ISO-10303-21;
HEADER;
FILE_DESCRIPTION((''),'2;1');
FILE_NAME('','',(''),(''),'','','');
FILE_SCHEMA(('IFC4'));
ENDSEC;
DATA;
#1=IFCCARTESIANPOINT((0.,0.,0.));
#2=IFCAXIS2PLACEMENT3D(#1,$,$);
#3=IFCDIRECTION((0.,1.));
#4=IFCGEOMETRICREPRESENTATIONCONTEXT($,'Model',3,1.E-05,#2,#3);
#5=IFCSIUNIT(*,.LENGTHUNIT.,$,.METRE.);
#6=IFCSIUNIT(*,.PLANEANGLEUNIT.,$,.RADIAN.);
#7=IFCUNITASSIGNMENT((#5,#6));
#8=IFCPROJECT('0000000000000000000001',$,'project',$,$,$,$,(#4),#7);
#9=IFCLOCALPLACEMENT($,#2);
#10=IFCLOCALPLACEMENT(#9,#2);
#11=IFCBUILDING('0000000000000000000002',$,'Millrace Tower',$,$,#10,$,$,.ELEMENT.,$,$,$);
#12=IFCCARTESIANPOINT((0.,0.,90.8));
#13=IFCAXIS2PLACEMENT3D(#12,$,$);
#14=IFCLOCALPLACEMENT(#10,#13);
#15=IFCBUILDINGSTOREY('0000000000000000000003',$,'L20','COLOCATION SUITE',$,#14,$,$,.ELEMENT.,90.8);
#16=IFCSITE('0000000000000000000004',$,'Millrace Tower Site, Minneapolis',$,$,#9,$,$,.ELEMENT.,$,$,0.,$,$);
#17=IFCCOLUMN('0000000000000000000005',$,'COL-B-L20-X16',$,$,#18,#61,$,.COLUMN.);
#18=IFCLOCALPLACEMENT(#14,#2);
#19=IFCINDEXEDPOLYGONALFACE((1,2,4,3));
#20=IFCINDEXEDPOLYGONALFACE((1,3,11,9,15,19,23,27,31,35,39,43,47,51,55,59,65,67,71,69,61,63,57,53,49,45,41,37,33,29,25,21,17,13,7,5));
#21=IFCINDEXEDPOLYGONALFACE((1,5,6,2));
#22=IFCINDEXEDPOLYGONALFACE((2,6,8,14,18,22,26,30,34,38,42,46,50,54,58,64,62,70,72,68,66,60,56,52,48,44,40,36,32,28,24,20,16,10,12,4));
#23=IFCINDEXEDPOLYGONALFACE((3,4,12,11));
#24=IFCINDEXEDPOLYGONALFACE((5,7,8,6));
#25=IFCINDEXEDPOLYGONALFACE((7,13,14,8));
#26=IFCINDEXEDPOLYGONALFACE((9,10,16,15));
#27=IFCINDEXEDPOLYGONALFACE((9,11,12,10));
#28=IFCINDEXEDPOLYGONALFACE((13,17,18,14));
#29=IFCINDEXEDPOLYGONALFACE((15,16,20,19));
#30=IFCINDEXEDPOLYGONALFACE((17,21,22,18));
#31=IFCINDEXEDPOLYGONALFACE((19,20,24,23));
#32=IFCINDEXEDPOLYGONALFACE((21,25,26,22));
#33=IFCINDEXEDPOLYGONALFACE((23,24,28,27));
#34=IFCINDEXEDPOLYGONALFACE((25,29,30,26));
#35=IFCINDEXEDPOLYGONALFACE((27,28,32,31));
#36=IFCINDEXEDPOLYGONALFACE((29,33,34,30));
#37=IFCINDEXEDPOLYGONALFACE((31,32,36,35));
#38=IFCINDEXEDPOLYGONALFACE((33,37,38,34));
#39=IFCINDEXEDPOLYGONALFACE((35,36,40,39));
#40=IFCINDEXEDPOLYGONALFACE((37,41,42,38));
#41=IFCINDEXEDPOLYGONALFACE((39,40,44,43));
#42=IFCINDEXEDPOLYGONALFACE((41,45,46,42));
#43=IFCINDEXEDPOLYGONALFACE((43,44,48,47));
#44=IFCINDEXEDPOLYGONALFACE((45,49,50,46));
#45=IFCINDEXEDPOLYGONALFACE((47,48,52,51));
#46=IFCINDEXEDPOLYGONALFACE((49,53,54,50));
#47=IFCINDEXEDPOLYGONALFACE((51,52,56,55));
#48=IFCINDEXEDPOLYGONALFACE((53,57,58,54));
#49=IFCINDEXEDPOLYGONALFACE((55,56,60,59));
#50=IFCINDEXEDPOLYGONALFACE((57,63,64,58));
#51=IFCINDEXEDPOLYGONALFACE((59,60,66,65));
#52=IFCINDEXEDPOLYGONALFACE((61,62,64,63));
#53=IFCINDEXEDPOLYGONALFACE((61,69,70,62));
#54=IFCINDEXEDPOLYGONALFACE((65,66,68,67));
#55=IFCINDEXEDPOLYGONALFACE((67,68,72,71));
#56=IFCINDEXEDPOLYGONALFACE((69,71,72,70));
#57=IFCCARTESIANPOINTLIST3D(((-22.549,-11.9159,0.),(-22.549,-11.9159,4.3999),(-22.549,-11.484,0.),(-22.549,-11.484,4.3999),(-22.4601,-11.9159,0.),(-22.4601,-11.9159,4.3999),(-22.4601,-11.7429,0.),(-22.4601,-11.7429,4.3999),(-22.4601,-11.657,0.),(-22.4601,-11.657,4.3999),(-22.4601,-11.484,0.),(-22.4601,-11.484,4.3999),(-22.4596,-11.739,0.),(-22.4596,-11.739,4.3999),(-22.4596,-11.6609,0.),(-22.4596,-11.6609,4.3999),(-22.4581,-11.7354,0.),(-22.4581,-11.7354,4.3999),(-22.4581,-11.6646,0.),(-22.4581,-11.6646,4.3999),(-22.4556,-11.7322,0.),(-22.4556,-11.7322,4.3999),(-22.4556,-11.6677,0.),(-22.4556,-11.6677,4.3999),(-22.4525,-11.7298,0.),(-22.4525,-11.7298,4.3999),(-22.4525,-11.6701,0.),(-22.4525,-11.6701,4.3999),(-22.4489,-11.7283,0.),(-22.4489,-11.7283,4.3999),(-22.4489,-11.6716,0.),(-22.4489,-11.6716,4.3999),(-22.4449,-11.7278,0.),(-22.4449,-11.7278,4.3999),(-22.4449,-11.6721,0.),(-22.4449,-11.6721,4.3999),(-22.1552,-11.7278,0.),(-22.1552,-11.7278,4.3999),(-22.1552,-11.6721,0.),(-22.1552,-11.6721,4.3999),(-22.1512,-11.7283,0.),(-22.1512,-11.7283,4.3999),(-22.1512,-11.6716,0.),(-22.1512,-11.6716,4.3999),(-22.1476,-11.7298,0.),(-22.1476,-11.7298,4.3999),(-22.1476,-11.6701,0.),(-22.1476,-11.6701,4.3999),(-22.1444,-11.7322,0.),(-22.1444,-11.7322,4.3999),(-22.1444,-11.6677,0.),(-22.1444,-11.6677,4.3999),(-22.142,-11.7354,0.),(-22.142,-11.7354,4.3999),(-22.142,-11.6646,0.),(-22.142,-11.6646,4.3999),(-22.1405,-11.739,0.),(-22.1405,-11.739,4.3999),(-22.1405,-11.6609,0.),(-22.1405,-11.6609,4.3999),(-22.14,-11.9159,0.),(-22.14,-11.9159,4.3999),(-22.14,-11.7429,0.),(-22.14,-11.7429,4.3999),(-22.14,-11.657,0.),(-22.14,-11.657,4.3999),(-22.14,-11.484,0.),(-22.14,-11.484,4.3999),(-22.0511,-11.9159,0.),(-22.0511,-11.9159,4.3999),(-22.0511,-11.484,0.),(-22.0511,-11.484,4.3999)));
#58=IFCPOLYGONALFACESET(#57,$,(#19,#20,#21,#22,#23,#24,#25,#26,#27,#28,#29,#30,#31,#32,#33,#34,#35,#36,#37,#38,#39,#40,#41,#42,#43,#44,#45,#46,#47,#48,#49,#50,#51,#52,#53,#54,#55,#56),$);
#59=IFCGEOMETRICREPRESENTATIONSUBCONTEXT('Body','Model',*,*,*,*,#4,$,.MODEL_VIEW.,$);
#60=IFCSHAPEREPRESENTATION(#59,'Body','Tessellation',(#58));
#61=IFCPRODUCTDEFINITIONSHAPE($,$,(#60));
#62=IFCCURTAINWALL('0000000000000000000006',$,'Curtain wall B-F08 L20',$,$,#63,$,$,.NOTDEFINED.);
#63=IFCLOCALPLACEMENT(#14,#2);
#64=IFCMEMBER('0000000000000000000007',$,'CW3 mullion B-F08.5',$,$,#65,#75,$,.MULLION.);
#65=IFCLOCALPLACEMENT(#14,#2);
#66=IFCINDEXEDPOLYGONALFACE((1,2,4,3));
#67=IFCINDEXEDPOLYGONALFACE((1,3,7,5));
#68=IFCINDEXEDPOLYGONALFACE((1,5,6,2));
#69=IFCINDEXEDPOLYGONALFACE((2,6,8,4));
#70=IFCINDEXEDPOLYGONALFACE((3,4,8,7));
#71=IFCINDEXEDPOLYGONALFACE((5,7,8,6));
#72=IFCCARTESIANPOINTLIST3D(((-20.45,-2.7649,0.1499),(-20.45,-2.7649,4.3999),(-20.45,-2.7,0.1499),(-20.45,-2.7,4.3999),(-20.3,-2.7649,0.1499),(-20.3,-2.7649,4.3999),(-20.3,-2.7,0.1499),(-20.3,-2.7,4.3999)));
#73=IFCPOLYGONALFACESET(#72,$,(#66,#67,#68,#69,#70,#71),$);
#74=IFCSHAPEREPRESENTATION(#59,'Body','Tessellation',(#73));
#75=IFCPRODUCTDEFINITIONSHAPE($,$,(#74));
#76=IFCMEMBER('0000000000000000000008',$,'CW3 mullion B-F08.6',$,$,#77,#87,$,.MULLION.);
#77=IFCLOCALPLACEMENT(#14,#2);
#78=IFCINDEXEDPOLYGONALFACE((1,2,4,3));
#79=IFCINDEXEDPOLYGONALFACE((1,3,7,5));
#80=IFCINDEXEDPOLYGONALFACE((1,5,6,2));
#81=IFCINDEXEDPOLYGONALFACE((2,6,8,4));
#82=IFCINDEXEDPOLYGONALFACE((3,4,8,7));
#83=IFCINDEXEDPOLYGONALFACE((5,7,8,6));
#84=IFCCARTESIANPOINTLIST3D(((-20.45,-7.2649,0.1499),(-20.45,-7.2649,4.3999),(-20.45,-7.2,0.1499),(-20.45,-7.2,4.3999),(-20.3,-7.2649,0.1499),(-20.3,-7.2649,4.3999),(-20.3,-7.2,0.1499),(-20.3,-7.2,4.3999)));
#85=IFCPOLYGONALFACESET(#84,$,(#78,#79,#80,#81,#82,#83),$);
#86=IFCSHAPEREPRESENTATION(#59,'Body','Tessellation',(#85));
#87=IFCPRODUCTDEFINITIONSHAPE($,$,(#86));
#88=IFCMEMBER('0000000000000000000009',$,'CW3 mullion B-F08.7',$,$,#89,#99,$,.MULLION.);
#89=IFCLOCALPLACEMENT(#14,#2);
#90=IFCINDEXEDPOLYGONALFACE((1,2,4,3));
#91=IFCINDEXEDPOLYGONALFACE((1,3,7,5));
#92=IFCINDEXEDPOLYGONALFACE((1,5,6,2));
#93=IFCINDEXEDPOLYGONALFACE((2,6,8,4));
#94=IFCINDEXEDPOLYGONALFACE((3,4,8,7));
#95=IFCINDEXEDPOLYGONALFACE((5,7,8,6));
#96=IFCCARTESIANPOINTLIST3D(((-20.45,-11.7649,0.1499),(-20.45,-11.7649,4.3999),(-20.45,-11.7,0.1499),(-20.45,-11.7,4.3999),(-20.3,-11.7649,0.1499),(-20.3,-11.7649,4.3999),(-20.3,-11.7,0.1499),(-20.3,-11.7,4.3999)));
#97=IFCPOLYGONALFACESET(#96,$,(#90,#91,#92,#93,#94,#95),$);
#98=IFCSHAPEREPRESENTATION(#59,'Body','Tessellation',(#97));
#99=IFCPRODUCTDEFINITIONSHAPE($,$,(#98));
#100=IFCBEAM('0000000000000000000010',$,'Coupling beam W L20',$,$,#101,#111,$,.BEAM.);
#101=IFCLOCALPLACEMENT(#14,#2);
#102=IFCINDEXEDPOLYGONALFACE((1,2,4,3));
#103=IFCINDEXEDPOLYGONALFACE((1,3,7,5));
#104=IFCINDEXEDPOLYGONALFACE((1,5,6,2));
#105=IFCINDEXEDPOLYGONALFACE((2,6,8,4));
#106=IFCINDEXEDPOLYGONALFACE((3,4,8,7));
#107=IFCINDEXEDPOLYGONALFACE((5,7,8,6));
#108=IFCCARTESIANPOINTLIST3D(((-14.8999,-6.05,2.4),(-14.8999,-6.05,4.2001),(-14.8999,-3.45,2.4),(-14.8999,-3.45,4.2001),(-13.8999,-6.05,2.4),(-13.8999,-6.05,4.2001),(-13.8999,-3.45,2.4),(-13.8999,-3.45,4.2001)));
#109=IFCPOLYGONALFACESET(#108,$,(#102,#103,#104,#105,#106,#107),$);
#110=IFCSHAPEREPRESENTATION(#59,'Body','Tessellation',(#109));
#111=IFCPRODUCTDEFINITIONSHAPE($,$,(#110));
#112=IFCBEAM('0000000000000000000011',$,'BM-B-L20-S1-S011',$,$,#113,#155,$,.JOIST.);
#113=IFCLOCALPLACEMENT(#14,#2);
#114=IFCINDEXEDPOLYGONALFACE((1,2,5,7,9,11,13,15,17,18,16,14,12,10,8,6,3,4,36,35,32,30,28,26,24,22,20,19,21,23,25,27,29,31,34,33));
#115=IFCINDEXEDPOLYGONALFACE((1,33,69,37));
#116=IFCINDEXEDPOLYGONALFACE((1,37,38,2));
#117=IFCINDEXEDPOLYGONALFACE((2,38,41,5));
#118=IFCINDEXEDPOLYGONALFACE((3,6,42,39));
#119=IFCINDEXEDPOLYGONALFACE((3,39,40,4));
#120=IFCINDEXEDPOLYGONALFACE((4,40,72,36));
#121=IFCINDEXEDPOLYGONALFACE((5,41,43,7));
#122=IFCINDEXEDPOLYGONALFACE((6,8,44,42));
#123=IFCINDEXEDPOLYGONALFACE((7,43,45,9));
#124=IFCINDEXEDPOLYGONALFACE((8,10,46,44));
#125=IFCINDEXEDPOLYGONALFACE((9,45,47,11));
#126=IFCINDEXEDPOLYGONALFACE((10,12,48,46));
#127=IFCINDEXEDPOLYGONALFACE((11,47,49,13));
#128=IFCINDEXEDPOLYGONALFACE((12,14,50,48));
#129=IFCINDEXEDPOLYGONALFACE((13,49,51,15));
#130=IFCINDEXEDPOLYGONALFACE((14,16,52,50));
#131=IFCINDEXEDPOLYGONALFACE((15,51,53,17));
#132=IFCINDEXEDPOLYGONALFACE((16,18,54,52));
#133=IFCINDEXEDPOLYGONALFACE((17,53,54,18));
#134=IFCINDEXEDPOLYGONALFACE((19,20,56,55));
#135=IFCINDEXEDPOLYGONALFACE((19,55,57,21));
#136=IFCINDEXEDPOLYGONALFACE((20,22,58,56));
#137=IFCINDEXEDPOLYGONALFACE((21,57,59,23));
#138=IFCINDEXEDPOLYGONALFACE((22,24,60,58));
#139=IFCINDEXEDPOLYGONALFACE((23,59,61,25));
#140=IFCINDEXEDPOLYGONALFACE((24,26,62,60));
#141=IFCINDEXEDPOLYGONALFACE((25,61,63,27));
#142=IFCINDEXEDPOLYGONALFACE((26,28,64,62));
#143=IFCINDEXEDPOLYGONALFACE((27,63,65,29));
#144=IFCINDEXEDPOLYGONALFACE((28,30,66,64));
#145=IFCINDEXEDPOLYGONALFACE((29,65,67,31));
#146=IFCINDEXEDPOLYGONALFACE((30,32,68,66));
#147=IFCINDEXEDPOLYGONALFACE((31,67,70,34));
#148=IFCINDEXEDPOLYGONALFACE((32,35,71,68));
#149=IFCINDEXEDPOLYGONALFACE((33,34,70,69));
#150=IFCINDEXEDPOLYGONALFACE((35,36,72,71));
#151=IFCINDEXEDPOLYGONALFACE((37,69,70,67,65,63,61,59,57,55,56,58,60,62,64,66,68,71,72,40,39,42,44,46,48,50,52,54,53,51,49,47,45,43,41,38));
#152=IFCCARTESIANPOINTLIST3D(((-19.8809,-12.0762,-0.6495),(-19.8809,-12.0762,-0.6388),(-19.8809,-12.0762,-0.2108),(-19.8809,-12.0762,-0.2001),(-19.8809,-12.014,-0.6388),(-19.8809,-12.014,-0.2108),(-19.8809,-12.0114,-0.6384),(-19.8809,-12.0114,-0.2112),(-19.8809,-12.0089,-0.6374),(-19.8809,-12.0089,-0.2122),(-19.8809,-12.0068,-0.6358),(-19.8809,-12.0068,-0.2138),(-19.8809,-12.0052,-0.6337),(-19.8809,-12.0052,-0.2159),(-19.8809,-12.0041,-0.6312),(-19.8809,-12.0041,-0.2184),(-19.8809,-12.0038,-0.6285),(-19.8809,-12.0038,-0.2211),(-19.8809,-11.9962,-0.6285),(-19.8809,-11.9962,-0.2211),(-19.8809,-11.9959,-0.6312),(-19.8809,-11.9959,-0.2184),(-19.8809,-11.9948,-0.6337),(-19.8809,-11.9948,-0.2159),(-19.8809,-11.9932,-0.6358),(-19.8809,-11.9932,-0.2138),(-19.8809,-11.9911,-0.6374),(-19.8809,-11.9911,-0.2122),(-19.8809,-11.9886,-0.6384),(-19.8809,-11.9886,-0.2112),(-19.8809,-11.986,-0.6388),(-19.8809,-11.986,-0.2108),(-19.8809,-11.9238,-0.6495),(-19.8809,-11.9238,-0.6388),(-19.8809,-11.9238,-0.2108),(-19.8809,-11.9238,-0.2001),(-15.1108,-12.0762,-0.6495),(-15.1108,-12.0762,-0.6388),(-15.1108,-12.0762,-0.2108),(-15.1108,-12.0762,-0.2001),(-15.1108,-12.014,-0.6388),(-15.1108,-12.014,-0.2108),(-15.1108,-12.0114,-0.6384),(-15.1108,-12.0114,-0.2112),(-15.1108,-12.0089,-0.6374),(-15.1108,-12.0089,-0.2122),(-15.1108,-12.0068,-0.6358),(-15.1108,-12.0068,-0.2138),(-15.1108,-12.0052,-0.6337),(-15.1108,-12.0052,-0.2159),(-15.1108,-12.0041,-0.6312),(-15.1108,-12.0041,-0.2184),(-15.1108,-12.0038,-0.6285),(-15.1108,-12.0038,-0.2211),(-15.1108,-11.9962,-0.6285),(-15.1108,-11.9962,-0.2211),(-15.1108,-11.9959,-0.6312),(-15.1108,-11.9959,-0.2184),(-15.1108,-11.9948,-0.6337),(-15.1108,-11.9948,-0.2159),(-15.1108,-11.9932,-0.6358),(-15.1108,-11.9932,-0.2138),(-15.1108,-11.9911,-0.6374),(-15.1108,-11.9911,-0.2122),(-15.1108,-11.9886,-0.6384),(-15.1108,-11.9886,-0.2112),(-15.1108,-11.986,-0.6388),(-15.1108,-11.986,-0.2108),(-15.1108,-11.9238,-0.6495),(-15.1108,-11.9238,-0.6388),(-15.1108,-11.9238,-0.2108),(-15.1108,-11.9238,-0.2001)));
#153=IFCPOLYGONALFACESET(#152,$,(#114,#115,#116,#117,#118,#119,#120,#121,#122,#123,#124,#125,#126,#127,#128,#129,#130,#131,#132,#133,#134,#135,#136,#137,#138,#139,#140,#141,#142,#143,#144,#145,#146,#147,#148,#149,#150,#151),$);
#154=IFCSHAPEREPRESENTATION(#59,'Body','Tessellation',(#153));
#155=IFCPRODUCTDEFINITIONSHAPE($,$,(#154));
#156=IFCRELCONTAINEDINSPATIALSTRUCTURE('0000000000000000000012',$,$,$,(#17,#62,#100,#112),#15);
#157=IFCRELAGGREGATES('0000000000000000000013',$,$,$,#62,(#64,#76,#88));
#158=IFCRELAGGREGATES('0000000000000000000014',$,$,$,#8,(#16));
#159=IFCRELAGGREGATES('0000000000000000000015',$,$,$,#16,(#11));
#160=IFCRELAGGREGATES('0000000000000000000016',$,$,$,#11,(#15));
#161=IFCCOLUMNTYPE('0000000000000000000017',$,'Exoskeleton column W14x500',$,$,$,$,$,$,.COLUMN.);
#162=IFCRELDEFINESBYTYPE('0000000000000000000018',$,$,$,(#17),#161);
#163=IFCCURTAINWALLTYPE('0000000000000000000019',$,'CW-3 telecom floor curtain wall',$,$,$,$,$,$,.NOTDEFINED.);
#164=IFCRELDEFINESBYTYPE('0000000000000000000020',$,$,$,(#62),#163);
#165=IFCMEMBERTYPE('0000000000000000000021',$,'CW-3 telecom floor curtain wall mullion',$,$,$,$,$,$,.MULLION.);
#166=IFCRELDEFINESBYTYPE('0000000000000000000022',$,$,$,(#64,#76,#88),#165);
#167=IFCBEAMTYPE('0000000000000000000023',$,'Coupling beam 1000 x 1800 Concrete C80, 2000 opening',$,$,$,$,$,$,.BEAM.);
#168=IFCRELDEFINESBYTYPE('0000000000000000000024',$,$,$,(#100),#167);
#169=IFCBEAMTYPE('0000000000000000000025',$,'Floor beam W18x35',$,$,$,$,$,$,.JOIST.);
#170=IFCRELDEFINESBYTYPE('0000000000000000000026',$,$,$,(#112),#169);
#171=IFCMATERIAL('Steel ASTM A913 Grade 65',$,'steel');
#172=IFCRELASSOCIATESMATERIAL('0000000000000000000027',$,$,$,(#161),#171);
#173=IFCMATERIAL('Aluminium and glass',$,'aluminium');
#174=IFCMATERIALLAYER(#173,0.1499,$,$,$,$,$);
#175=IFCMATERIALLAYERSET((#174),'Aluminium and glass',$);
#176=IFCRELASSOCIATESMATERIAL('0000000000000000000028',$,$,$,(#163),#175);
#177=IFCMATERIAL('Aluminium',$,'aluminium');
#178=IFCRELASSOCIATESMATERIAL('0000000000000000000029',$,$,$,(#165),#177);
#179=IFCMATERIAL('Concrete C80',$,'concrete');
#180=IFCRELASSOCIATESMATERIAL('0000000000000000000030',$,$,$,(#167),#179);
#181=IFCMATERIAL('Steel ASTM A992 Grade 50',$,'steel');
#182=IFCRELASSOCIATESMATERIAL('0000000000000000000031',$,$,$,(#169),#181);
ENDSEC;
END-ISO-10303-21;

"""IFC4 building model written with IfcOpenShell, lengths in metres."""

from ifc_helpers import new_model, si_unit, direction, frame, origin, origin_2d, place, context, subcontext, project, spatial, rectangle, i_section, extrude, material, layer, layer_set, material_profile, profile_set, type_object, element, aggregate, save


model = new_model("IFC4")

# Units and contexts
model_context = context("Model", 3, precision=1e-05, world=origin(), true_north=direction((0.0, 1.0)))
body_context = subcontext(model_context, "Body", "Model", "MODEL_VIEW")
ifc_project = project(units=[si_unit("LENGTHUNIT", "METRE"), si_unit("PLANEANGLEUNIT", "RADIAN")], contexts=[model_context])

# Site, building, storey
site_placement = place(None, origin())
site = spatial("IfcSite", under=ifc_project, at=site_placement, Name="Millrace Tower Site, Minneapolis", CompositionType="ELEMENT", RefElevation=0.0)
building_placement = place(site_placement, origin())
building = spatial("IfcBuilding", under=site, at=building_placement, Name="Millrace Tower", CompositionType="ELEMENT")
storey_placement = place(building_placement, frame((0.0, 0.0, 90.8)))
storey = spatial("IfcBuildingStorey", under=building, at=storey_placement, Name="L20", Description="COLOCATION SUITE", CompositionType="ELEMENT", Elevation=90.8)

# Column
ifc_material_1 = material(Name="Steel ASTM A913 Grade 65", Category="steel")
ifc_material_profile_1 = material_profile(ifc_material_1, i_section(OverallWidth=0.4319, OverallDepth=0.4978, WebThickness=0.0557, FlangeThickness=0.0889, FilletRadius=0.0151, at=origin_2d()))
ifc_profile_set_1 = profile_set([ifc_material_profile_1], Name="Steel ASTM A913 Grade 65")
column_type = type_object("IfcColumnType", Name="Exoskeleton column W14x500", PredefinedType="COLUMN", material=ifc_profile_set_1)
column_placement = place(storey_placement, frame((-22.3, -11.7, 0.0), z_axis=(0.0, 0.0, 1.0), x_axis=(0.0, -1.0, 0.0)))
element("IfcColumn", 1, at=column_placement, inside=storey, type_object=column_type, Name="COL-B-L20-X16", PredefinedType="COLUMN", context=body_context, shape_type="SweptSolid", body=[
    extrude(i_section(OverallWidth=0.4319, OverallDepth=0.4978, WebThickness=0.0557, FlangeThickness=0.0889, FilletRadius=0.0151, at=origin_2d()), origin(), (0.0, 0.0, 1.0), 4.3999),
])

# Curtain wall, members
ifc_material_2 = material(Name="Aluminium and glass", Category="aluminium")
ifc_layer_1 = layer(ifc_material_2, 0.1499)
ifc_layer_set_1 = layer_set([ifc_layer_1], Name="Aluminium and glass")
curtain_wall_type = type_object("IfcCurtainWallType", Name="CW-3 telecom floor curtain wall", PredefinedType="NOTDEFINED", material=ifc_layer_set_1)
curtain_wall_placement = place(storey_placement, origin())
curtain_wall = element("IfcCurtainWall", 2, at=curtain_wall_placement, inside=storey, type_object=curtain_wall_type, Name="Curtain wall B-F08 L20", PredefinedType="NOTDEFINED")
ifc_material_3 = material(Name="Aluminium", Category="aluminium")
ifc_material_profile_2 = material_profile(ifc_material_3, rectangle(XDim=0.0649, YDim=0.1499, at=origin_2d()))
ifc_profile_set_2 = profile_set([ifc_material_profile_2], Name="Aluminium")
member_type = type_object("IfcMemberType", Name="CW-3 telecom floor curtain wall mullion", PredefinedType="MULLION", material=ifc_profile_set_2)
member_1_placement = place(storey_placement, frame((-20.375, -2.7324, 0.1499), z_axis=(0.0, 0.0, 1.0), x_axis=(0.0, -1.0, 0.0)))
member_1 = element("IfcMember", 3, at=member_1_placement, type_object=member_type, Name="CW3 mullion B-F08.5", PredefinedType="MULLION", context=body_context, shape_type="SweptSolid", body=[
    extrude(rectangle(XDim=0.0649, YDim=0.1499, at=origin_2d()), origin(), (0.0, 0.0, 1.0), 4.25),
])
member_2_placement = place(storey_placement, frame((-20.375, -7.2324, 0.1499), z_axis=(0.0, 0.0, 1.0), x_axis=(0.0, -1.0, 0.0)))
member_2 = element("IfcMember", 4, at=member_2_placement, type_object=member_type, Name="CW3 mullion B-F08.6", PredefinedType="MULLION", context=body_context, shape_type="SweptSolid", body=[
    extrude(rectangle(XDim=0.0649, YDim=0.1499, at=origin_2d()), origin(), (0.0, 0.0, 1.0), 4.25),
])
member_3_placement = place(storey_placement, frame((-20.375, -11.7324, 0.1499), z_axis=(0.0, 0.0, 1.0), x_axis=(0.0, -1.0, 0.0)))
member_3 = element("IfcMember", 5, at=member_3_placement, type_object=member_type, Name="CW3 mullion B-F08.7", PredefinedType="MULLION", context=body_context, shape_type="SweptSolid", body=[
    extrude(rectangle(XDim=0.0649, YDim=0.1499, at=origin_2d()), origin(), (0.0, 0.0, 1.0), 4.25),
])
aggregate(curtain_wall, [member_1, member_2, member_3])

# Beams
ifc_material_4 = material(Name="Concrete C80", Category="concrete")
ifc_material_profile_3 = material_profile(ifc_material_4, rectangle(XDim=1.0, YDim=1.8, at=origin_2d()))
ifc_profile_set_3 = profile_set([ifc_material_profile_3], Name="Concrete C80")
beam_type_1 = type_object("IfcBeamType", Name="Coupling beam 1000 x 1800 Concrete C80, 2000 opening", PredefinedType="BEAM", material=ifc_profile_set_3)
beam_1_placement = place(storey_placement, frame((-14.3999, -6.05, 3.3), z_axis=(0.0, 1.0, 0.0), x_axis=(-1.0, 0.0, 0.0)))
element("IfcBeam", 6, at=beam_1_placement, inside=storey, type_object=beam_type_1, Name="Coupling beam W L20", PredefinedType="BEAM", context=body_context, shape_type="SweptSolid", body=[
    extrude(rectangle(XDim=1.0, YDim=1.8, at=origin_2d()), origin(), (0.0, 0.0, 1.0), 2.6001),
])
ifc_material_5 = material(Name="Steel ASTM A992 Grade 50", Category="steel")
ifc_material_profile_4 = material_profile(ifc_material_5, i_section(OverallWidth=0.1523, OverallDepth=0.4495, WebThickness=0.0076, FlangeThickness=0.0107, FilletRadius=0.0103, at=origin_2d()))
ifc_profile_set_4 = profile_set([ifc_material_profile_4], Name="Steel ASTM A992 Grade 50")
beam_type_2 = type_object("IfcBeamType", Name="Floor beam W18x35", PredefinedType="JOIST", material=ifc_profile_set_4)
beam_2_placement = place(storey_placement, frame((-19.8809, -12.0, -0.4248), z_axis=(1.0, 0.0, 0.0), x_axis=(0.0, 1.0, 0.0)))
element("IfcBeam", 7, at=beam_2_placement, inside=storey, type_object=beam_type_2, Name="BM-B-L20-S1-S011", PredefinedType="JOIST", context=body_context, shape_type="SweptSolid", body=[
    extrude(i_section(OverallWidth=0.1523, OverallDepth=0.4495, WebThickness=0.0076, FlangeThickness=0.0107, FilletRadius=0.0103, at=origin_2d()), origin(), (0.0, 0.0, 1.0), 4.77),
])

save(model, "model.ifc")
